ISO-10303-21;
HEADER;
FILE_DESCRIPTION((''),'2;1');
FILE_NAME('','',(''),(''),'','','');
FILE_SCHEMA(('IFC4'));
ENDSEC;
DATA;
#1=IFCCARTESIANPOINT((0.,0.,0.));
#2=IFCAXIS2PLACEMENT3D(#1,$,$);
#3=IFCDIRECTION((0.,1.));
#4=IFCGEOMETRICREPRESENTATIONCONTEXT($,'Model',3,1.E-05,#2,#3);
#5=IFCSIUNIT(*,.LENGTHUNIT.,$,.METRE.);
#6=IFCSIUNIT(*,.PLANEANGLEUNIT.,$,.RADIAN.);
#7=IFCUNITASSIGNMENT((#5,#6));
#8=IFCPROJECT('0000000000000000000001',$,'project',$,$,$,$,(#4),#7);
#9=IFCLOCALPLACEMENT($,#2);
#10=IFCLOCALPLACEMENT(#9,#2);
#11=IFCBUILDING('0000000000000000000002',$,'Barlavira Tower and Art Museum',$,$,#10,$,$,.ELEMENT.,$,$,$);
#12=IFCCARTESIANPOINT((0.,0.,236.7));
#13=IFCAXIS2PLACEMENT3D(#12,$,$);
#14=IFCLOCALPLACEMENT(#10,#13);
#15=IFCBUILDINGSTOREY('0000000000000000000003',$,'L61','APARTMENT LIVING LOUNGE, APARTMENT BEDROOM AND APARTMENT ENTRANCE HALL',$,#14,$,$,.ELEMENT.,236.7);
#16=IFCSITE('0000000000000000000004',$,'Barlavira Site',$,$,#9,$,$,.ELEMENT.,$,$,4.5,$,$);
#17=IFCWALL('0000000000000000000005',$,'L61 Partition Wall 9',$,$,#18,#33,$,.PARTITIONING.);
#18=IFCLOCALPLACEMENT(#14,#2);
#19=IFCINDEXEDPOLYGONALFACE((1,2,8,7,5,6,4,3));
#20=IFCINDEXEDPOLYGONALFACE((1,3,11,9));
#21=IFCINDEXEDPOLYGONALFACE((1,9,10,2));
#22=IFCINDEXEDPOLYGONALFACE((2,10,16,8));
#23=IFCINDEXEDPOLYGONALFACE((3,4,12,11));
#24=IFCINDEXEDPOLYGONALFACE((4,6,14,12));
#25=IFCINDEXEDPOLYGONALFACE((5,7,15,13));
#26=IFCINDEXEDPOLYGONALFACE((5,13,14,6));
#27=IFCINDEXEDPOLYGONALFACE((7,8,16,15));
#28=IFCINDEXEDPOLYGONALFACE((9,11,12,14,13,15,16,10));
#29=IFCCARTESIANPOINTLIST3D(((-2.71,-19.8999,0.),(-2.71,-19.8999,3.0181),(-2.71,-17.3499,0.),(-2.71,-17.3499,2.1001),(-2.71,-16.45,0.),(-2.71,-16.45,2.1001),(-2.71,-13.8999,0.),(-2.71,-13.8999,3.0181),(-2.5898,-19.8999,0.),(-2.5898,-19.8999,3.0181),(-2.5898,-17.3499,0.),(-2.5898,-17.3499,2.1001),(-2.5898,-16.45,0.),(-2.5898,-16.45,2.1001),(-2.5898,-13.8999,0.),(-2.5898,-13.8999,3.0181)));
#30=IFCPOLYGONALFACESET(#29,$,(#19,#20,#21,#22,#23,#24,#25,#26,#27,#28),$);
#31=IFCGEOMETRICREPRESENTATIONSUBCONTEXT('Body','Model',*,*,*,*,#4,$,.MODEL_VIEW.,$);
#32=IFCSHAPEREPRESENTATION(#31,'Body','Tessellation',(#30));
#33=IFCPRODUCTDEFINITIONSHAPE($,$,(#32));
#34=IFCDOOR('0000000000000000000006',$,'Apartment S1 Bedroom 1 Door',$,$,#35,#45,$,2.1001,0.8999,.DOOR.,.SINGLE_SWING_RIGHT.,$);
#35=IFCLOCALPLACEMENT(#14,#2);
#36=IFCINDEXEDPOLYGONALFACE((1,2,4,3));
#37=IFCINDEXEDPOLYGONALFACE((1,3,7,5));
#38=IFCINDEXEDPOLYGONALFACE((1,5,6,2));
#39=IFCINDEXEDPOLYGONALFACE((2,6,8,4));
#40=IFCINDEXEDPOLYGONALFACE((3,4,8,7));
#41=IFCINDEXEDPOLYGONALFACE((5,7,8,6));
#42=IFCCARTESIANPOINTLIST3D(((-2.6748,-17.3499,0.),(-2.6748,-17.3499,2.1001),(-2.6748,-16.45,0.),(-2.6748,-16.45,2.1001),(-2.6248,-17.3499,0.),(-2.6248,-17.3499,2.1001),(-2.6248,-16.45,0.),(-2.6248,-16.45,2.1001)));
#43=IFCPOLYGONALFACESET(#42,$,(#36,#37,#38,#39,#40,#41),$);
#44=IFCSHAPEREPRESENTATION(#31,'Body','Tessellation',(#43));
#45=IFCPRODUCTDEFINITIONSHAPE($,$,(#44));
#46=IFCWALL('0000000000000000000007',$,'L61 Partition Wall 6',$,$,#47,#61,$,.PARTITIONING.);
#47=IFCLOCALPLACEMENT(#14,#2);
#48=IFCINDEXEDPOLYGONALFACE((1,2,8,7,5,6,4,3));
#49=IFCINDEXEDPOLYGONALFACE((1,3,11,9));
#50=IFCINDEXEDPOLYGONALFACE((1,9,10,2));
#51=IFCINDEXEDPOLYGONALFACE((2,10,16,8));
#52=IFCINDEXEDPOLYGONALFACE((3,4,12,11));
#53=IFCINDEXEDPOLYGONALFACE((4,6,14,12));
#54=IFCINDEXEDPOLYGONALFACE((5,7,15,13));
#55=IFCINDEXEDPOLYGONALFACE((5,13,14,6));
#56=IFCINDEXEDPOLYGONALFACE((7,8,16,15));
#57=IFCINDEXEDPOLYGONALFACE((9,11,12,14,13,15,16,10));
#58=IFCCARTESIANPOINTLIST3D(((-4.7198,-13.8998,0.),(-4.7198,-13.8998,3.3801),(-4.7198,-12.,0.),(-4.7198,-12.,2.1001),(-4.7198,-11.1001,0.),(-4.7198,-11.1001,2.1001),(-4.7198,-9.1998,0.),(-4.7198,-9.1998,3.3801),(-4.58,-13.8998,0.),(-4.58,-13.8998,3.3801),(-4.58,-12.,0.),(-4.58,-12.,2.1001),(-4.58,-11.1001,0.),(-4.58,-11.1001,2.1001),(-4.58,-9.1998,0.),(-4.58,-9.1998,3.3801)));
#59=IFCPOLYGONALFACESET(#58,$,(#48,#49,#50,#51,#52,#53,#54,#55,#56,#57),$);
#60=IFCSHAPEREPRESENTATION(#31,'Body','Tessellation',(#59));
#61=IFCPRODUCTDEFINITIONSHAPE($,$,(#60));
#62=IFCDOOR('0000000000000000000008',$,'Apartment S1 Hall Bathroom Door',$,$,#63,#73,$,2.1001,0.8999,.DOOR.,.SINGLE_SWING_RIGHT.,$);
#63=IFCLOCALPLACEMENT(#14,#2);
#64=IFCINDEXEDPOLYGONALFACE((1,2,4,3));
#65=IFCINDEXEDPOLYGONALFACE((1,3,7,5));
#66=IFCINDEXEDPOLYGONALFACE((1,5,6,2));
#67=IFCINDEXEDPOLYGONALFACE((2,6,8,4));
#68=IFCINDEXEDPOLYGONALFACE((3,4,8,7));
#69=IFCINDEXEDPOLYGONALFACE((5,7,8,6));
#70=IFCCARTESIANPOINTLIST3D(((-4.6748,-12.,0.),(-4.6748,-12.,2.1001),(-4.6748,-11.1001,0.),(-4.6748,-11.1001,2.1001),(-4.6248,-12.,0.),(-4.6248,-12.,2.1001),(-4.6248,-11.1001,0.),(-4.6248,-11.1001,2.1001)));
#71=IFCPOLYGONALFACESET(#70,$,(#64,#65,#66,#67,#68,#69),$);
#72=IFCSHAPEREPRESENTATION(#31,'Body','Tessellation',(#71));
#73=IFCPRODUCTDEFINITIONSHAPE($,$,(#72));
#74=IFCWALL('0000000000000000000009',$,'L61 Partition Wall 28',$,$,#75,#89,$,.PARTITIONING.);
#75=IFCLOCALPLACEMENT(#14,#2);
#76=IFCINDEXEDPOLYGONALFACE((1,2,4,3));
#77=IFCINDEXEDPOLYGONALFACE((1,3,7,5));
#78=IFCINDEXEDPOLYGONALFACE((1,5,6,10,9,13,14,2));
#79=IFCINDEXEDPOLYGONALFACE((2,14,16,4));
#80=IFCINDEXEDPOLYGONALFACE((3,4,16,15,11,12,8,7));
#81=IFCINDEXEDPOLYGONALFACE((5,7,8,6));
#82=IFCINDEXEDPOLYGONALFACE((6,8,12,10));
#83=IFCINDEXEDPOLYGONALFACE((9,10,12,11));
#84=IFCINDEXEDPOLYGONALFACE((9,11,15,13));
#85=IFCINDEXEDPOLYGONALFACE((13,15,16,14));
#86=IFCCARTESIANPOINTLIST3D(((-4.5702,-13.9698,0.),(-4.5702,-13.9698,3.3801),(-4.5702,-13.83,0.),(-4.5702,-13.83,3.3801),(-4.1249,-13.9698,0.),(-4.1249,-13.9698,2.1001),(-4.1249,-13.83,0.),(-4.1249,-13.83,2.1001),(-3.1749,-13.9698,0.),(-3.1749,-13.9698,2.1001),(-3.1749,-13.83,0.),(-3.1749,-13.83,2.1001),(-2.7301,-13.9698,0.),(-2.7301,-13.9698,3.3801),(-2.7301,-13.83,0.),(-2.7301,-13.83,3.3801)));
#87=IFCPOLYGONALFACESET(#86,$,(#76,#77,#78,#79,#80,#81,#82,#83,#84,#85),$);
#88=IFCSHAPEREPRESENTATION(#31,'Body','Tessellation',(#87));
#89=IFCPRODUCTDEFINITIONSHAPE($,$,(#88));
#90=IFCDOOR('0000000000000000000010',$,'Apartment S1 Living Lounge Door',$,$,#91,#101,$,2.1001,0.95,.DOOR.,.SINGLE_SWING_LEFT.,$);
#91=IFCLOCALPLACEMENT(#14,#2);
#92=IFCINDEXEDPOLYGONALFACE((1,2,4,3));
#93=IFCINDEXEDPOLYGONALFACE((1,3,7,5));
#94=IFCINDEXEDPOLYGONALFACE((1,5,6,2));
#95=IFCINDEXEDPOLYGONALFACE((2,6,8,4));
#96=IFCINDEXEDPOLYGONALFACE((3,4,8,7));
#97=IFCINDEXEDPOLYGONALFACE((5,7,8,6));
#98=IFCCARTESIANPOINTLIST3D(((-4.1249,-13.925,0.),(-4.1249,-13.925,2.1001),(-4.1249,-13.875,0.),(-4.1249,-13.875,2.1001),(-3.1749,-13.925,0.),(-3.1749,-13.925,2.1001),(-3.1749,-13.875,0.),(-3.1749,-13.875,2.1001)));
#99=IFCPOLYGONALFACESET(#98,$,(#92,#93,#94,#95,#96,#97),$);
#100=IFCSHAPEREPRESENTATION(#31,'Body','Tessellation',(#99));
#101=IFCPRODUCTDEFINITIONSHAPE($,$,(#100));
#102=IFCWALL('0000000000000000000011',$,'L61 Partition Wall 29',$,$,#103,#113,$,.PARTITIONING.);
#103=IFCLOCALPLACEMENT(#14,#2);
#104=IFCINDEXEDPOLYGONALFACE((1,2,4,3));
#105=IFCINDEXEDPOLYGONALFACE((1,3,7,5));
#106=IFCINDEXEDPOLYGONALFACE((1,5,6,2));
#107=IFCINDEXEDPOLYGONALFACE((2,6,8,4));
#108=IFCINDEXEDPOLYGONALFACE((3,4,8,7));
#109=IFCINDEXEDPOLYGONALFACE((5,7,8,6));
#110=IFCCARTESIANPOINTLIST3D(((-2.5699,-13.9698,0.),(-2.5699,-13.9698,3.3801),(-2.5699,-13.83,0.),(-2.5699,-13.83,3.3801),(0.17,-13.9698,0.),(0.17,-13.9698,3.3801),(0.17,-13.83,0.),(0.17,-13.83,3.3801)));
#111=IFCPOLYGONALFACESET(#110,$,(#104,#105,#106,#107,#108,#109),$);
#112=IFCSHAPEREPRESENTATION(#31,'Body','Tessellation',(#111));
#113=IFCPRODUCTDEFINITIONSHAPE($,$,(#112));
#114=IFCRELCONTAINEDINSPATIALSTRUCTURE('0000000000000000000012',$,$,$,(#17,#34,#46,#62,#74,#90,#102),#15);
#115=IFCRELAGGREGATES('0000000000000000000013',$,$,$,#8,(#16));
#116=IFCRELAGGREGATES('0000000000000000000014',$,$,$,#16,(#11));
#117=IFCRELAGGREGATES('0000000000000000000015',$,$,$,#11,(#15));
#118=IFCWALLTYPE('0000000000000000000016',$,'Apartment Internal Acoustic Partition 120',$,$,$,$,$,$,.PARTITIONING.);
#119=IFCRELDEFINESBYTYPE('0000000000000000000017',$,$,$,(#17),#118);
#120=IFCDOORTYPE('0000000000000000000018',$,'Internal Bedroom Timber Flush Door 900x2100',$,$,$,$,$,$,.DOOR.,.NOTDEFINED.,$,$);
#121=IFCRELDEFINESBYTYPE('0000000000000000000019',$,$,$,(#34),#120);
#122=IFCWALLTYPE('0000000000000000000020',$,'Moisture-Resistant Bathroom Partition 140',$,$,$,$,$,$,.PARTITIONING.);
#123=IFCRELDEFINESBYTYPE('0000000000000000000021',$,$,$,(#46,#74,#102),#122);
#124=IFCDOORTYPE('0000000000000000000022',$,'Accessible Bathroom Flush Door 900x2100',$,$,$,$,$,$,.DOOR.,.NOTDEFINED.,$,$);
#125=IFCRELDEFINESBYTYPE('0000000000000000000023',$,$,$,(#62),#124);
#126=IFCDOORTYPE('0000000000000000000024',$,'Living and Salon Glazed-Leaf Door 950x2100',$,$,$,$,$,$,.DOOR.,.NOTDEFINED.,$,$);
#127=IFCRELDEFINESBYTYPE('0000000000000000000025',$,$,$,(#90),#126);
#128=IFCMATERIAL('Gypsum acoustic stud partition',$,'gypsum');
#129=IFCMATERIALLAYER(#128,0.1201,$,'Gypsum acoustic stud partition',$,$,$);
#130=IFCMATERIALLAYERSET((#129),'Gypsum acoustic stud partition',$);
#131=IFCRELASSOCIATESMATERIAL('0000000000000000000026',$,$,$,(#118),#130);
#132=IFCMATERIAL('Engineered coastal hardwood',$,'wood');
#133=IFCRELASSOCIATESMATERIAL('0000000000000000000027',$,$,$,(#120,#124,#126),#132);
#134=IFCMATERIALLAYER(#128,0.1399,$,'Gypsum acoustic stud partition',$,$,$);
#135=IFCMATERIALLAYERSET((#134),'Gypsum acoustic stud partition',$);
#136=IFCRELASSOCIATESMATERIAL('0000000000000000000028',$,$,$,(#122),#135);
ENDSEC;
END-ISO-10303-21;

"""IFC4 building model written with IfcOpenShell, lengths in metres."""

from ifc_helpers import new_model, si_unit, direction, frame, frame_2d, origin, place, context, subcontext, project, spatial, rectangle, extrude, material, layer, layer_set, type_object, element, fill, save


model = new_model("IFC4")

# Units and contexts
model_context = context("Model", 3, precision=1e-05, world=origin(), true_north=direction((0.0, 1.0)))
body_context = subcontext(model_context, "Body", "Model", "MODEL_VIEW")
ifc_project = project(units=[si_unit("LENGTHUNIT", "METRE"), si_unit("PLANEANGLEUNIT", "RADIAN")], contexts=[model_context])

# Site, building, storey
site_placement = place(None, origin())
site = spatial("IfcSite", under=ifc_project, at=site_placement, Name="Barlavira Site", CompositionType="ELEMENT", RefElevation=4.5)
building_placement = place(site_placement, origin())
building = spatial("IfcBuilding", under=site, at=building_placement, Name="Barlavira Tower and Art Museum", CompositionType="ELEMENT")
storey_placement = place(building_placement, frame((0.0, 0.0, 236.7)))
storey = spatial("IfcBuildingStorey", under=building, at=storey_placement, Name="L61", Description="APARTMENT LIVING LOUNGE, APARTMENT BEDROOM AND APARTMENT ENTRANCE HALL", CompositionType="ELEMENT", Elevation=236.7)

# Walls, openings, doors
ifc_material_1 = material(Name="Gypsum acoustic stud partition", Category="gypsum")
ifc_layer_1 = layer(ifc_material_1, 0.1201, Name="Gypsum acoustic stud partition")
ifc_layer_set_1 = layer_set([ifc_layer_1], Name="Gypsum acoustic stud partition")
wall_type_1 = type_object("IfcWallType", Name="Apartment Internal Acoustic Partition 120", PredefinedType="PARTITIONING", material=ifc_layer_set_1)
wall_1_placement = place(storey_placement, frame((-2.6499, -19.8999, 0.0), z_axis=(0.0, 0.0, 1.0), x_axis=(0.0, 1.0, 0.0)))
wall_1 = element("IfcWall", 1, at=wall_1_placement, inside=storey, type_object=wall_type_1, Name="L61 Partition Wall 9", PredefinedType="PARTITIONING", context=body_context, shape_type="SweptSolid", body=[
    extrude(rectangle(XDim=6.0, YDim=0.1201, at=frame_2d((3.0, 0.0))), origin(), (0.0, 0.0, 1.0), 3.0181),
])
opening_1_placement = place(wall_1_placement, frame((2.55, 0.0, 0.0)))
opening_1 = element("IfcOpeningElement", 2, at=opening_1_placement, cuts=wall_1, PredefinedType="OPENING", context=body_context, shape_type="SweptSolid", body=[
    extrude(rectangle(XDim=0.8999, YDim=2.1001, at=frame_2d((0.45, 1.05))), frame((0.0, 0.0701, 0.0), z_axis=(0.0, -1.0, 0.0), x_axis=(1.0, 0.0, 0.0)), (0.0, 0.0, 1.0), 0.1401),
])
ifc_material_2 = material(Name="Engineered coastal hardwood", Category="wood")
door_type_1 = type_object("IfcDoorType", Name="Internal Bedroom Timber Flush Door 900x2100", OperationType="NOTDEFINED", PredefinedType="DOOR", material=ifc_material_2)
door_1_placement = place(opening_1_placement, origin())
door_1 = element("IfcDoor", 3, at=door_1_placement, inside=storey, type_object=door_type_1, Name="Apartment S1 Bedroom 1 Door", OperationType="SINGLE_SWING_RIGHT", OverallHeight=2.1001, OverallWidth=0.8999, PredefinedType="DOOR", context=body_context, shape_type="SweptSolid", body=[
    extrude(rectangle(XDim=0.8999, YDim=2.1001, at=frame_2d((0.45, 1.05))), frame((0.0, 0.0249, 0.0), z_axis=(0.0, -1.0, 0.0), x_axis=(1.0, 0.0, 0.0)), (0.0, 0.0, 1.0), 0.05),
])
fill(opening_1, door_1)
ifc_layer_2 = layer(ifc_material_1, 0.1399, Name="Gypsum acoustic stud partition")
ifc_layer_set_2 = layer_set([ifc_layer_2], Name="Gypsum acoustic stud partition")
wall_type_2 = type_object("IfcWallType", Name="Moisture-Resistant Bathroom Partition 140", PredefinedType="PARTITIONING", material=ifc_layer_set_2)
wall_2_placement = place(storey_placement, frame((-4.6499, -13.8999, 0.0), z_axis=(0.0, 0.0, 1.0), x_axis=(0.0, 1.0, 0.0)))
wall_2 = element("IfcWall", 4, at=wall_2_placement, inside=storey, type_object=wall_type_2, Name="L61 Partition Wall 6", PredefinedType="PARTITIONING", context=body_context, shape_type="SweptSolid", body=[
    extrude(rectangle(XDim=4.7, YDim=0.1399, at=frame_2d((2.3501, 0.0))), origin(), (0.0, 0.0, 1.0), 3.3801),
])
opening_2_placement = place(wall_2_placement, frame((1.8999, 0.0, 0.0)))
opening_2 = element("IfcOpeningElement", 5, at=opening_2_placement, cuts=wall_2, PredefinedType="OPENING", context=body_context, shape_type="SweptSolid", body=[
    extrude(rectangle(XDim=0.8999, YDim=2.1001, at=frame_2d((0.45, 1.05))), frame((0.0, 0.0801, 0.0), z_axis=(0.0, -1.0, 0.0), x_axis=(1.0, 0.0, 0.0)), (0.0, 0.0, 1.0), 0.1599),
])
door_type_2 = type_object("IfcDoorType", Name="Accessible Bathroom Flush Door 900x2100", OperationType="NOTDEFINED", PredefinedType="DOOR", material=ifc_material_2)
door_2_placement = place(opening_2_placement, origin())
door_2 = element("IfcDoor", 6, at=door_2_placement, inside=storey, type_object=door_type_2, Name="Apartment S1 Hall Bathroom Door", OperationType="SINGLE_SWING_RIGHT", OverallHeight=2.1001, OverallWidth=0.8999, PredefinedType="DOOR", context=body_context, shape_type="SweptSolid", body=[
    extrude(rectangle(XDim=0.8999, YDim=2.1001, at=frame_2d((0.45, 1.05))), frame((0.0, 0.0249, 0.0), z_axis=(0.0, -1.0, 0.0), x_axis=(1.0, 0.0, 0.0)), (0.0, 0.0, 1.0), 0.05),
])
fill(opening_2, door_2)
wall_3_placement = place(storey_placement, frame((-4.5701, -13.8999, 0.0), z_axis=(0.0, 0.0, 1.0), x_axis=(1.0, 0.0, 0.0)))
wall_3 = element("IfcWall", 7, at=wall_3_placement, inside=storey, type_object=wall_type_2, Name="L61 Partition Wall 28", PredefinedType="PARTITIONING", context=body_context, shape_type="SweptSolid", body=[
    extrude(rectangle(XDim=1.8401, YDim=0.1399, at=frame_2d((0.9199, 0.0))), origin(), (0.0, 0.0, 1.0), 3.3801),
])
opening_3_placement = place(wall_3_placement, frame((0.4451, 0.0, 0.0)))
opening_3 = element("IfcOpeningElement", 8, at=opening_3_placement, cuts=wall_3, PredefinedType="OPENING", context=body_context, shape_type="SweptSolid", body=[
    extrude(rectangle(XDim=0.95, YDim=2.1001, at=frame_2d((0.4751, 1.05))), frame((0.0, 0.0801, 0.0), z_axis=(0.0, -1.0, 0.0), x_axis=(1.0, 0.0, 0.0)), (0.0, 0.0, 1.0), 0.1599),
])
door_type_3 = type_object("IfcDoorType", Name="Living and Salon Glazed-Leaf Door 950x2100", OperationType="NOTDEFINED", PredefinedType="DOOR", material=ifc_material_2)
door_3_placement = place(opening_3_placement, origin())
door_3 = element("IfcDoor", 9, at=door_3_placement, inside=storey, type_object=door_type_3, Name="Apartment S1 Living Lounge Door", OperationType="SINGLE_SWING_LEFT", OverallHeight=2.1001, OverallWidth=0.95, PredefinedType="DOOR", context=body_context, shape_type="SweptSolid", body=[
    extrude(rectangle(XDim=0.95, YDim=2.1001, at=frame_2d((0.4751, 1.05))), frame((0.0, 0.0249, 0.0), z_axis=(0.0, -1.0, 0.0), x_axis=(1.0, 0.0, 0.0)), (0.0, 0.0, 1.0), 0.05),
])
fill(opening_3, door_3)

# Wall
wall_4_placement = place(storey_placement, frame((-2.5701, -13.8999, 0.0), z_axis=(0.0, 0.0, 1.0), x_axis=(1.0, 0.0, 0.0)))
element("IfcWall", 10, at=wall_4_placement, inside=storey, type_object=wall_type_2, Name="L61 Partition Wall 29", PredefinedType="PARTITIONING", context=body_context, shape_type="SweptSolid", body=[
    extrude(rectangle(XDim=2.74, YDim=0.1399, at=frame_2d((1.3701, 0.0))), origin(), (0.0, 0.0, 1.0), 3.3801),
])

save(model, "model.ifc")
